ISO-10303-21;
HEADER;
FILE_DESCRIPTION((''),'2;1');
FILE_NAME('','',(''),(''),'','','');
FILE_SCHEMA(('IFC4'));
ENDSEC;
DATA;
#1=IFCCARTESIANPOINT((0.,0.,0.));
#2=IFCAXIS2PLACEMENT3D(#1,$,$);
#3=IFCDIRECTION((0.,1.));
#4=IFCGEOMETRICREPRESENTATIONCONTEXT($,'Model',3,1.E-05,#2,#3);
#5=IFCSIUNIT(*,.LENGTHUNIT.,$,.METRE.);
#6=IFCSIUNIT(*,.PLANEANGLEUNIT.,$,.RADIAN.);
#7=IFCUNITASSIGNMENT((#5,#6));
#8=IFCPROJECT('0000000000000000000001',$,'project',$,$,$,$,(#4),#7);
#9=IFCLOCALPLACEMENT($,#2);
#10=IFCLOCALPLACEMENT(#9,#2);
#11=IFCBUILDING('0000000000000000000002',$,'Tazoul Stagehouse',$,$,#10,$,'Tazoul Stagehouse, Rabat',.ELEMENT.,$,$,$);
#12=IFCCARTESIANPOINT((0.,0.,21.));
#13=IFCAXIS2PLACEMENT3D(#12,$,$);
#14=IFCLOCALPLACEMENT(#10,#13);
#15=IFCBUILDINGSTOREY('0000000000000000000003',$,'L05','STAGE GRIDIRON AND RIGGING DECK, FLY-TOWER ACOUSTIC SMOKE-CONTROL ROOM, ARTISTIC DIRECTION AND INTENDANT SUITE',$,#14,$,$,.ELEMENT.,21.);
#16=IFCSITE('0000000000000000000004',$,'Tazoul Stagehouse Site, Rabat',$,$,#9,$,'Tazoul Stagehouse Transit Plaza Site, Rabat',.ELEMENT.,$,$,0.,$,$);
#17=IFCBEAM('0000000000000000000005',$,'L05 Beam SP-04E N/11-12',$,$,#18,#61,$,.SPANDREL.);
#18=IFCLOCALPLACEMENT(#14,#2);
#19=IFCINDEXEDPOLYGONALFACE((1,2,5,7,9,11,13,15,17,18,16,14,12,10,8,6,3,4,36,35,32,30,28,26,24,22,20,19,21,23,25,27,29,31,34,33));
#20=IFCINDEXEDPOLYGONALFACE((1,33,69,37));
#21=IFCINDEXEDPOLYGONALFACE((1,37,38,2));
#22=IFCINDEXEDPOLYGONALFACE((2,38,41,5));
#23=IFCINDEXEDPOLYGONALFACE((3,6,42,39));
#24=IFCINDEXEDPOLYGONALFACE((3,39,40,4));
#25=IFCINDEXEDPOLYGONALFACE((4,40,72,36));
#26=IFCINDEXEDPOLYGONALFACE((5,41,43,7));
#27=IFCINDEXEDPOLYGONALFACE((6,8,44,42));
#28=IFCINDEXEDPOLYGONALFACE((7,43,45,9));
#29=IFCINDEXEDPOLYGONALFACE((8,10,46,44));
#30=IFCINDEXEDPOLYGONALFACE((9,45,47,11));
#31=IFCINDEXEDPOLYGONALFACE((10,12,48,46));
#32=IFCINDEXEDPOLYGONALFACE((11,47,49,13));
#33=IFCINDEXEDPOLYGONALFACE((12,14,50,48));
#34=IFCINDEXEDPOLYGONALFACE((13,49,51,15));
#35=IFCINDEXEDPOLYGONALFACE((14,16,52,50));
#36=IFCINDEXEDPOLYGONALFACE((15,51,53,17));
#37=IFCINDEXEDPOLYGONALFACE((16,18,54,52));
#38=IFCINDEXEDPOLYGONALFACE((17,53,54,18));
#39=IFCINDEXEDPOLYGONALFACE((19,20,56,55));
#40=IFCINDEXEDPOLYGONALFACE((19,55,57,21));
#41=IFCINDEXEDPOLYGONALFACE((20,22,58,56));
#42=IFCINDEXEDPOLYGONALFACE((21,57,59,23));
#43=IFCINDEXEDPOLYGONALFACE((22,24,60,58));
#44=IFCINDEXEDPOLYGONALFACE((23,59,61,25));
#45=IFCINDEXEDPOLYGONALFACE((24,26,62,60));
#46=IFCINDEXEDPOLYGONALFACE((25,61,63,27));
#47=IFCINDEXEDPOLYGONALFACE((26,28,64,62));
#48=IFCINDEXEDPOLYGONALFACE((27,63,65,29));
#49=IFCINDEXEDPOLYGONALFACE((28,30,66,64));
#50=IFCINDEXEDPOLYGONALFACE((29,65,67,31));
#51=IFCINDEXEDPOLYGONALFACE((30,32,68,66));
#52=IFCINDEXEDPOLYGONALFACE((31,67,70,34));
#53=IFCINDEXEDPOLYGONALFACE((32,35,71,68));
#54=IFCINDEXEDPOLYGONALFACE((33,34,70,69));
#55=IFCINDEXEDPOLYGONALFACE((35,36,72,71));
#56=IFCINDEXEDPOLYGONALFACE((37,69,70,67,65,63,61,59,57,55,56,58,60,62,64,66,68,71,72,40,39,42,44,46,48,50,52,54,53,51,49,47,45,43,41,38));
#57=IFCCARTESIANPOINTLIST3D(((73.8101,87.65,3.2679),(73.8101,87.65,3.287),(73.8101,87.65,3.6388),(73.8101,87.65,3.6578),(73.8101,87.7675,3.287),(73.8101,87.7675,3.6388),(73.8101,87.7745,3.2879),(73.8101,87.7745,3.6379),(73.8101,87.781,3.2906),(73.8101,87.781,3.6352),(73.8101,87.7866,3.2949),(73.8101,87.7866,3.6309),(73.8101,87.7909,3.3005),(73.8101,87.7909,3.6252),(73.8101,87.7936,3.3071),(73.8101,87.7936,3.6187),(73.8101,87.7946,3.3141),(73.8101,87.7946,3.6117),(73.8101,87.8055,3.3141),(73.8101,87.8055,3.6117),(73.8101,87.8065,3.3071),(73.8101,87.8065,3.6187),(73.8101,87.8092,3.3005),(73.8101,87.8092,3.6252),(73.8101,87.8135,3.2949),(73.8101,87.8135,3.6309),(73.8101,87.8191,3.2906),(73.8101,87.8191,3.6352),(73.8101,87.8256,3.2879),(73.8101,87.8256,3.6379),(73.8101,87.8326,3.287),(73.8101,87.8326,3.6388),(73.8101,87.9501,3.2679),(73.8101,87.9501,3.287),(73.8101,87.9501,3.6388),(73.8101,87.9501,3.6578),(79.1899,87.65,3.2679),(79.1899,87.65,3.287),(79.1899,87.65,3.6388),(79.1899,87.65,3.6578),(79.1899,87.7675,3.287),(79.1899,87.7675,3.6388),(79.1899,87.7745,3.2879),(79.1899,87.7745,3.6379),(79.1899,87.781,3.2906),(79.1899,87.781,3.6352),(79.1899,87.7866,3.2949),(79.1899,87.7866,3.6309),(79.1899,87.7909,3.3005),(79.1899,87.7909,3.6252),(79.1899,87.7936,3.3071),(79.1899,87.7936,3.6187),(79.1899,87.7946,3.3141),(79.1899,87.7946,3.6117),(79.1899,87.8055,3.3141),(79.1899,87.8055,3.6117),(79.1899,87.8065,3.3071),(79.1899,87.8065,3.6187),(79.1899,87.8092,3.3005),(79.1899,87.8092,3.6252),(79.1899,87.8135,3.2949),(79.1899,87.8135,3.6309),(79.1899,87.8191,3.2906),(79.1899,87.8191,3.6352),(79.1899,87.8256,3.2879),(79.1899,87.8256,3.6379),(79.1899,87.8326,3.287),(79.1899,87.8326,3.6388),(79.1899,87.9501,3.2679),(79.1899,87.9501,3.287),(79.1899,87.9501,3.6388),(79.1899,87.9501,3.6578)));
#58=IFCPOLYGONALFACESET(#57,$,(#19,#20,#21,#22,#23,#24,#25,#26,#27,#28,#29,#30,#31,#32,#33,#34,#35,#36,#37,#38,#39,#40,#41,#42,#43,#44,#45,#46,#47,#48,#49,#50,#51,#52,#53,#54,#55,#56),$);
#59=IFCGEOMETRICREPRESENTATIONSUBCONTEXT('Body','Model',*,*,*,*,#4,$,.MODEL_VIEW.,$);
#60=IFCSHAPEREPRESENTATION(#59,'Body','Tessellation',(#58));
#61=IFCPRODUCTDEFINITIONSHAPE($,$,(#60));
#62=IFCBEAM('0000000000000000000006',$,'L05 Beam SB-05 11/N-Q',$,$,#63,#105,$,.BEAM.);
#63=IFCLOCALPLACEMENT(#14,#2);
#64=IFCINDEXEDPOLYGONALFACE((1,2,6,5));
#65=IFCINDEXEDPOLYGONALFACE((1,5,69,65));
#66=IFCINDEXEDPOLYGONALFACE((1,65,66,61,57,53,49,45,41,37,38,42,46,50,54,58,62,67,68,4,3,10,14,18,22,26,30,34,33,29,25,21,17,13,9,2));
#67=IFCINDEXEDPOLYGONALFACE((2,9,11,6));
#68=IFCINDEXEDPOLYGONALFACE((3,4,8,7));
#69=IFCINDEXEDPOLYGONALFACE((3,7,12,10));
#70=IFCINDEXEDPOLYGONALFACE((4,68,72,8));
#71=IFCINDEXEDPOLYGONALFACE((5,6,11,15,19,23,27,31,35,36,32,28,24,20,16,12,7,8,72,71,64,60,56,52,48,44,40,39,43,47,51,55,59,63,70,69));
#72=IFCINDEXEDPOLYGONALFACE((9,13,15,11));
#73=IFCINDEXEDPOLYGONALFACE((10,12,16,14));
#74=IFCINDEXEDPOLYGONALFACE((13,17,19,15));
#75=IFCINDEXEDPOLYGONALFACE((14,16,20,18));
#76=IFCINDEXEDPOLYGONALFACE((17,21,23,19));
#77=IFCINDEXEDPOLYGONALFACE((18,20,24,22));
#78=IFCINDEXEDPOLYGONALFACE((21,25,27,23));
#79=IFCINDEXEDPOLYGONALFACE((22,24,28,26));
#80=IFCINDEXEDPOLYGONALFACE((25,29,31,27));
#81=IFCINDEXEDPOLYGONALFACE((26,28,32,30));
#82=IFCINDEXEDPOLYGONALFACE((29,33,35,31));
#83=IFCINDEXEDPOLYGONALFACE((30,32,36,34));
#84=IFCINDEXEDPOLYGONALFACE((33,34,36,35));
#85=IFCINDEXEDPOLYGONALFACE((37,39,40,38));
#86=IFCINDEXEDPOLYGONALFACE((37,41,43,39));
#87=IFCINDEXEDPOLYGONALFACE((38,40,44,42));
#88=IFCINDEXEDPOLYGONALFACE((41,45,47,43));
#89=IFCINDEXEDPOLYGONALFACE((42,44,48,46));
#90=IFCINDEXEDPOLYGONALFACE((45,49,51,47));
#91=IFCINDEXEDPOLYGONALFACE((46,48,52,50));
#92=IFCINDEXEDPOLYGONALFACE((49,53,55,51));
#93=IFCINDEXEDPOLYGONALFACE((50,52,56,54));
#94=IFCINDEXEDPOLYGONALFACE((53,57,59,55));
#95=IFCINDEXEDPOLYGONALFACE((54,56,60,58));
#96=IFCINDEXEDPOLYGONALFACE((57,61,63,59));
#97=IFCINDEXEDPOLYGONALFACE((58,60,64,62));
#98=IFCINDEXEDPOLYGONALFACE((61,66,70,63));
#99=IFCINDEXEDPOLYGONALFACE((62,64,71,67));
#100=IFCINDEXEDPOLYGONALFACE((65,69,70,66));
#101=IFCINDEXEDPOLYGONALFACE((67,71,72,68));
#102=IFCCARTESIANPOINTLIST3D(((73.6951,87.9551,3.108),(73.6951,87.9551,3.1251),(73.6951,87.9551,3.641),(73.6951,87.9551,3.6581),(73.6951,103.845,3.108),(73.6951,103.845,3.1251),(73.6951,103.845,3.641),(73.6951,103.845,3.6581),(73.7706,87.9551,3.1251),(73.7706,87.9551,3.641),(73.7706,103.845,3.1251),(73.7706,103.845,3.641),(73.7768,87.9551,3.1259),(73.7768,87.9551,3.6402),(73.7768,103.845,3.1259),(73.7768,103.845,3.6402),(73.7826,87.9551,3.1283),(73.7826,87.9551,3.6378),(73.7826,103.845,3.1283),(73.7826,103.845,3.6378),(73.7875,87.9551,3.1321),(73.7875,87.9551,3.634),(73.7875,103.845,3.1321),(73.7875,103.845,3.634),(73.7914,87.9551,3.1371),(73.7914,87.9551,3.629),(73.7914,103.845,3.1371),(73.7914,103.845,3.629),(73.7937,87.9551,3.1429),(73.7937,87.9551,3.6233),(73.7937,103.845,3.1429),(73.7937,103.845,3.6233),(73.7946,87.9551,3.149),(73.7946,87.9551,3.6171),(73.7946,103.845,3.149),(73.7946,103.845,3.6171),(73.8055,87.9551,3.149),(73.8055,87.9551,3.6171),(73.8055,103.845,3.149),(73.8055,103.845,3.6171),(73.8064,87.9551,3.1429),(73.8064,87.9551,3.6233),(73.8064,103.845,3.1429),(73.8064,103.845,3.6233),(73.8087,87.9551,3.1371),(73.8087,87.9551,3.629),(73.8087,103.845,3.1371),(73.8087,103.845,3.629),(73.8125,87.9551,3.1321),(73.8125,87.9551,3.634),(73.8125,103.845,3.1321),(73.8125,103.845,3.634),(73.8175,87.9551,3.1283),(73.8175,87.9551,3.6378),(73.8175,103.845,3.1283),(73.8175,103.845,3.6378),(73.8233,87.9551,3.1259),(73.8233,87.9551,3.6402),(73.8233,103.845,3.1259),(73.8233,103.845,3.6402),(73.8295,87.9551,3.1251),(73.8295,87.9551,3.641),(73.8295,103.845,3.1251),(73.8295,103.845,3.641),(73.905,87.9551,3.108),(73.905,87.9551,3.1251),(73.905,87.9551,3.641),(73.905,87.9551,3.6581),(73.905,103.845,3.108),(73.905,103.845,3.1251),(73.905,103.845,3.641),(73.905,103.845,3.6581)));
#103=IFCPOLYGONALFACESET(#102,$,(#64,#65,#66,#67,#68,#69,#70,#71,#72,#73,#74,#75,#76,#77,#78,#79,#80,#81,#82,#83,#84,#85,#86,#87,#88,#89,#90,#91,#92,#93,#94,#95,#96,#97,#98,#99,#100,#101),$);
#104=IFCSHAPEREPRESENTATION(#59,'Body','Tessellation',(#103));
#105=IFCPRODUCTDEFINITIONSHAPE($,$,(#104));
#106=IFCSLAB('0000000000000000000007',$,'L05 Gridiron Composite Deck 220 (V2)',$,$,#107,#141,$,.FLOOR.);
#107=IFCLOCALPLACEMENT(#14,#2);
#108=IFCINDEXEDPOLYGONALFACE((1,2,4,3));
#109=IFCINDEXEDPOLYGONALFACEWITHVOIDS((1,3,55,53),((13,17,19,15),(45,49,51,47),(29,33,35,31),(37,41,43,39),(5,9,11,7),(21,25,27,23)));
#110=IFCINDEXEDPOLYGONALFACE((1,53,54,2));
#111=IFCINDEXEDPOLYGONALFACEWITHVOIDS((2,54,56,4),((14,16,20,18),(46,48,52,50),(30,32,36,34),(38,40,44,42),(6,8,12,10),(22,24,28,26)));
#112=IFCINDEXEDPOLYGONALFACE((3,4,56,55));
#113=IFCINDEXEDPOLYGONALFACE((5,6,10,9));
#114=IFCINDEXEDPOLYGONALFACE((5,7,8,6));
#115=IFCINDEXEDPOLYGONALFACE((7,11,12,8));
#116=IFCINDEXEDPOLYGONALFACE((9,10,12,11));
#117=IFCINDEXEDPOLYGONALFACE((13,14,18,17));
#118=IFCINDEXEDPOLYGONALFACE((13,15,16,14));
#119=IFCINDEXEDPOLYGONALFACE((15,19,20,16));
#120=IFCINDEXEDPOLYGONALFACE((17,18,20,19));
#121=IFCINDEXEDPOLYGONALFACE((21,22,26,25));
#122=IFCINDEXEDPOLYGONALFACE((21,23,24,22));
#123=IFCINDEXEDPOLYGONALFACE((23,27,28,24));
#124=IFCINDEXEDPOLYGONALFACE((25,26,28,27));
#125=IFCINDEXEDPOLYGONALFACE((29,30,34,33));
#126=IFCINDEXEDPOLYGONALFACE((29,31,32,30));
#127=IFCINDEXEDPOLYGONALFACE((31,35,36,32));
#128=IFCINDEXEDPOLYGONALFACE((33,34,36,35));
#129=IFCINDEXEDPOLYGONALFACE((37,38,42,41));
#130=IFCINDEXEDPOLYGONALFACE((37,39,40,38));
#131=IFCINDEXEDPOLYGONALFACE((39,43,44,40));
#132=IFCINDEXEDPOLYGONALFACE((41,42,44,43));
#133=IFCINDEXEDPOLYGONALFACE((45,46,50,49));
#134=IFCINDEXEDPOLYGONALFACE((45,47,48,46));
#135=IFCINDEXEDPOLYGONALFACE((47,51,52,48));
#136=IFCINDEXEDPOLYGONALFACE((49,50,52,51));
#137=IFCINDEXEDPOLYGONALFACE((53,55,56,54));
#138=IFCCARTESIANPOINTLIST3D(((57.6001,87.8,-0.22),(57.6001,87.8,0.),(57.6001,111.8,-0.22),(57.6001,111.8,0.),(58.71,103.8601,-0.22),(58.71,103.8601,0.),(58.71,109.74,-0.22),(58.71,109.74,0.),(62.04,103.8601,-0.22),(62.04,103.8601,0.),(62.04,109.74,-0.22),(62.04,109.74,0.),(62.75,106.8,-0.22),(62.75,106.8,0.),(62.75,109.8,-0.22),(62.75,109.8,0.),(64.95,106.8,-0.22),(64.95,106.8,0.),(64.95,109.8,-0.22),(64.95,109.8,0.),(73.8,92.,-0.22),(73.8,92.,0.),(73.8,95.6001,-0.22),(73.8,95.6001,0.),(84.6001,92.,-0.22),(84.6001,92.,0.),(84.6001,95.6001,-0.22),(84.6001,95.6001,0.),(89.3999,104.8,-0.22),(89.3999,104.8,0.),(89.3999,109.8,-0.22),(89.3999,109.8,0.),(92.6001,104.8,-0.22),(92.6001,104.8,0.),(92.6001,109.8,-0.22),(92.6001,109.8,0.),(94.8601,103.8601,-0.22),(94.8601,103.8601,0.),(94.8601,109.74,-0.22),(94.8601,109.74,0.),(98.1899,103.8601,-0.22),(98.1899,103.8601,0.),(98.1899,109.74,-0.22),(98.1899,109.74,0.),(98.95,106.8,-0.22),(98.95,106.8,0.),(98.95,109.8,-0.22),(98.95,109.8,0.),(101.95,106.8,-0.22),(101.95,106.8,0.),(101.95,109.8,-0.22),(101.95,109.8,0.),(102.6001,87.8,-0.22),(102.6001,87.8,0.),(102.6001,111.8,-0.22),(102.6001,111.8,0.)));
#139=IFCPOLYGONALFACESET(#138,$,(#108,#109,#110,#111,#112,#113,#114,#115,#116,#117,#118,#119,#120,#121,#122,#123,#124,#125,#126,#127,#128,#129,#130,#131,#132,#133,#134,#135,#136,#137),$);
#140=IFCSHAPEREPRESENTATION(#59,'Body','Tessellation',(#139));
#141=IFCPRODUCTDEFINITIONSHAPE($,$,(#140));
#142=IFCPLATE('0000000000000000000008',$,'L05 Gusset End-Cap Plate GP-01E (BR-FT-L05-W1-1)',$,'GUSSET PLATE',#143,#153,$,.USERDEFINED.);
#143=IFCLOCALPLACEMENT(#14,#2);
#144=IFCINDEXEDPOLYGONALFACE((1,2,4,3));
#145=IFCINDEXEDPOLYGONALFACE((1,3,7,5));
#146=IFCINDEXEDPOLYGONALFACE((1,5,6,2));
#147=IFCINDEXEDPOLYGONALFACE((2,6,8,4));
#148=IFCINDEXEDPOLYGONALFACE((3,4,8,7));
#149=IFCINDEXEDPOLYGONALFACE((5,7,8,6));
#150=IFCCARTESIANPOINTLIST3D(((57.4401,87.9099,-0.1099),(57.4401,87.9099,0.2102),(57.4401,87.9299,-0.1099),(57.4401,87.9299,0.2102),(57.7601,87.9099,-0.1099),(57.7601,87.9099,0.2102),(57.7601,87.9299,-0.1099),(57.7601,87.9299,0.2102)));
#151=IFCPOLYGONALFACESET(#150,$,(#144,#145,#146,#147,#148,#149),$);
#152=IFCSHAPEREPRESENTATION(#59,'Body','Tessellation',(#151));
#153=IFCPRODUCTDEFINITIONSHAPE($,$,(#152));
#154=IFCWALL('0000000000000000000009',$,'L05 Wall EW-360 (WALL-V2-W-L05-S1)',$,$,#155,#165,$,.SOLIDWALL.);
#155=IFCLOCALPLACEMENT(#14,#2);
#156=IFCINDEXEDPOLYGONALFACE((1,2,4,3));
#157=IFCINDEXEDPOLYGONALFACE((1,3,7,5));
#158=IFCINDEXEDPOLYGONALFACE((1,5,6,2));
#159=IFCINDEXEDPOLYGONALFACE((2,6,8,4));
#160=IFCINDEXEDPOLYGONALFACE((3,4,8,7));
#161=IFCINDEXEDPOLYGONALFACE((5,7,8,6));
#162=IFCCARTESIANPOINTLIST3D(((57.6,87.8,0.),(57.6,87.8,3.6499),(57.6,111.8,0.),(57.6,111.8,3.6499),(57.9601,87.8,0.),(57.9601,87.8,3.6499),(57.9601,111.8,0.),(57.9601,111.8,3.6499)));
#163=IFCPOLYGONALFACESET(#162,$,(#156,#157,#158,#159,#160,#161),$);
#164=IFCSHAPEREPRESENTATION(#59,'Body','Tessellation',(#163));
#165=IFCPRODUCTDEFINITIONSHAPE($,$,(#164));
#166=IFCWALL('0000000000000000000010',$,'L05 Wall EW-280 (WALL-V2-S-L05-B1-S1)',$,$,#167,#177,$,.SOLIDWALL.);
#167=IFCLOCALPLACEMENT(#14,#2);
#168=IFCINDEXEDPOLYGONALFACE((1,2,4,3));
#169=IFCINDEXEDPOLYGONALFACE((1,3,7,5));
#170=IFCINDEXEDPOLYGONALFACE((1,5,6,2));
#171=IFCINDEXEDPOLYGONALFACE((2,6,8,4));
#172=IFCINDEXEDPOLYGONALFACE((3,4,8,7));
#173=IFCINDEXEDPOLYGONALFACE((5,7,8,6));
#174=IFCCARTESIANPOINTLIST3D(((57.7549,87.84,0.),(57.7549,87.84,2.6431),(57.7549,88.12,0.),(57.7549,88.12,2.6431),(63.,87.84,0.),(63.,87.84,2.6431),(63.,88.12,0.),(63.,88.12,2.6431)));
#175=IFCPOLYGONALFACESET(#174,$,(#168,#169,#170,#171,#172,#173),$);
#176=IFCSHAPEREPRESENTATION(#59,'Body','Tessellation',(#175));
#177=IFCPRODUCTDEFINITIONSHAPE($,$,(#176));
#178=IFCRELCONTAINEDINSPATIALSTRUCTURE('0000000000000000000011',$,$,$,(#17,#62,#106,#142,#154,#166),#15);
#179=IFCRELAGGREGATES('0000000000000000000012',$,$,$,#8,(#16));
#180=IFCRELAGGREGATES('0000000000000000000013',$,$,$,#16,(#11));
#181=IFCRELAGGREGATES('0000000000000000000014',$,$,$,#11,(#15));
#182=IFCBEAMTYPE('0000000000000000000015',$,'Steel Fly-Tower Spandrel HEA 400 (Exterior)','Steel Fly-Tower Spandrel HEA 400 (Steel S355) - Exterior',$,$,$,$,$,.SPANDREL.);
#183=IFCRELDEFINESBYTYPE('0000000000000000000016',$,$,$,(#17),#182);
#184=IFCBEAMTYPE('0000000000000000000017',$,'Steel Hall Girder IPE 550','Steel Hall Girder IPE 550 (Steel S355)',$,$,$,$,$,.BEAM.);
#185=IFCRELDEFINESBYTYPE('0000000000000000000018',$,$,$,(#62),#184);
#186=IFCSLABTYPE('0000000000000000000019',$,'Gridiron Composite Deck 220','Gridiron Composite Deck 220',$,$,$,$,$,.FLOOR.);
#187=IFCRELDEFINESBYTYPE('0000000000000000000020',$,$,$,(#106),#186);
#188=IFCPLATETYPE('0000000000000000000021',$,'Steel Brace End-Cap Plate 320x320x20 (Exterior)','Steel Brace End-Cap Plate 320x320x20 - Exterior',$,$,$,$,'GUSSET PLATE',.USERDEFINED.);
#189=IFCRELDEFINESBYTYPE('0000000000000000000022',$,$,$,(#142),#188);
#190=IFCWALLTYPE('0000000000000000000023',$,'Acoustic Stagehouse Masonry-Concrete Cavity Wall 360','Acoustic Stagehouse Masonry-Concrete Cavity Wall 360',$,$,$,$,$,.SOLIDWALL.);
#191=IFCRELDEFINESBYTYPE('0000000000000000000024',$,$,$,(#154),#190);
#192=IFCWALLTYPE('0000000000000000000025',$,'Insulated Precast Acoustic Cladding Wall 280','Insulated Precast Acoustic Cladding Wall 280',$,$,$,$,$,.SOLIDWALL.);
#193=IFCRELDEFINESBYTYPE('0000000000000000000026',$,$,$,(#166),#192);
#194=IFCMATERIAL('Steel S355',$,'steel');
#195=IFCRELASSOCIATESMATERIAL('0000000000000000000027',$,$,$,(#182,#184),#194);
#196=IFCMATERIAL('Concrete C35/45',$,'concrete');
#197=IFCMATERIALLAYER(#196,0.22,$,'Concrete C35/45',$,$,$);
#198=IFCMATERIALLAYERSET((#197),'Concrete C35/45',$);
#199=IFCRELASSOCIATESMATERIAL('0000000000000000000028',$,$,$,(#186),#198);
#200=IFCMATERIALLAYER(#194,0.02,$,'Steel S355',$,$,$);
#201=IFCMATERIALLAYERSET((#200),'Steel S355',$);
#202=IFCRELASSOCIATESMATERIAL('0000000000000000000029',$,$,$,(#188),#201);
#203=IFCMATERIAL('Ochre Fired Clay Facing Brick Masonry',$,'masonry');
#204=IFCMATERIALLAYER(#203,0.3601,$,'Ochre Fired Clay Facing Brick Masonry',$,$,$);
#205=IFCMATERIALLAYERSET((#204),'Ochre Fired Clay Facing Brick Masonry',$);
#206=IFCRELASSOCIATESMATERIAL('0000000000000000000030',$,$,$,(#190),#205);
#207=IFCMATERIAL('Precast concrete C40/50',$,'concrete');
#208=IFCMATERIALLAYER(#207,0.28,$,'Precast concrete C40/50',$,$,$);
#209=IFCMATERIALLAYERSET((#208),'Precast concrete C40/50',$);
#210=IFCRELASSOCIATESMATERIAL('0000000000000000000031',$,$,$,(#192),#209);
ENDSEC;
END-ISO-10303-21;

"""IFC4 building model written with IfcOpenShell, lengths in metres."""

from ifc_helpers import new_model, si_unit, direction, frame, frame_2d, origin, origin_2d, place, context, subcontext, project, spatial, polyline, rectangle, i_section, outline, extrude, material, layer, layer_set, material_profile, profile_set, type_object, element, save


model = new_model("IFC4")

# Units and contexts
model_context = context("Model", 3, precision=1e-05, world=origin(), true_north=direction((0.0, 1.0)))
body_context = subcontext(model_context, "Body", "Model", "MODEL_VIEW")
ifc_project = project(units=[si_unit("LENGTHUNIT", "METRE"), si_unit("PLANEANGLEUNIT", "RADIAN")], contexts=[model_context])

# Site, building, storey
site_placement = place(None, origin())
site = spatial("IfcSite", under=ifc_project, at=site_placement, Name="Tazoul Stagehouse Site, Rabat", LongName="Tazoul Stagehouse Transit Plaza Site, Rabat", CompositionType="ELEMENT", RefElevation=0.0)
building_placement = place(site_placement, origin())
building = spatial("IfcBuilding", under=site, at=building_placement, Name="Tazoul Stagehouse", LongName="Tazoul Stagehouse, Rabat", CompositionType="ELEMENT")
storey_placement = place(building_placement, frame((0.0, 0.0, 21.0)))
storey = spatial("IfcBuildingStorey", under=building, at=storey_placement, Name="L05", Description="STAGE GRIDIRON AND RIGGING DECK, FLY-TOWER ACOUSTIC SMOKE-CONTROL ROOM, ARTISTIC DIRECTION AND INTENDANT SUITE", CompositionType="ELEMENT", Elevation=21.0)

# Shared definitions
ifc_material_1 = material(Name="Steel S355", Category="steel")

# Beams
ifc_material_profile_1 = material_profile(ifc_material_1, i_section(OverallWidth=0.3, OverallDepth=0.3899, WebThickness=0.011, FlangeThickness=0.019, FilletRadius=0.0271, at=origin_2d()), Name="HEA 400")
ifc_profile_set_1 = profile_set([ifc_material_profile_1], Name="Steel S355")
beam_type_1 = type_object("IfcBeamType", Name="Steel Fly-Tower Spandrel HEA 400 (Exterior)", Description="Steel Fly-Tower Spandrel HEA 400 (Steel S355) - Exterior", PredefinedType="SPANDREL", material=ifc_profile_set_1)
beam_1_placement = place(storey_placement, frame((73.8101, 87.8, 3.4629), z_axis=(1.0, 0.0, 0.0), x_axis=(0.0, 1.0, 0.0)))
element("IfcBeam", 1, at=beam_1_placement, inside=storey, type_object=beam_type_1, Name="L05 Beam SP-04E N/11-12", PredefinedType="SPANDREL", context=body_context, shape_type="SweptSolid", body=[
    extrude(i_section(OverallWidth=0.3, OverallDepth=0.3899, WebThickness=0.011, FlangeThickness=0.019, FilletRadius=0.0271, at=origin_2d()), origin(), (0.0, 0.0, 1.0), 5.3799),
])
ifc_material_profile_2 = material_profile(ifc_material_1, i_section(OverallWidth=0.21, OverallDepth=0.55, WebThickness=0.011, FlangeThickness=0.0171, FilletRadius=0.0239, at=origin_2d()), Name="IPE 550")
ifc_profile_set_2 = profile_set([ifc_material_profile_2], Name="Steel S355")
beam_type_2 = type_object("IfcBeamType", Name="Steel Hall Girder IPE 550", Description="Steel Hall Girder IPE 550 (Steel S355)", PredefinedType="BEAM", material=ifc_profile_set_2)
beam_2_placement = place(storey_placement, frame((73.8, 87.9551, 3.3831), z_axis=(0.0, 1.0, 0.0), x_axis=(-1.0, 0.0, 0.0)))
element("IfcBeam", 2, at=beam_2_placement, inside=storey, type_object=beam_type_2, Name="L05 Beam SB-05 11/N-Q", PredefinedType="BEAM", context=body_context, shape_type="SweptSolid", body=[
    extrude(i_section(OverallWidth=0.21, OverallDepth=0.55, WebThickness=0.011, FlangeThickness=0.0171, FilletRadius=0.0239, at=origin_2d()), origin(), (0.0, 0.0, 1.0), 15.8899),
])

# Slab
ifc_material_2 = material(Name="Concrete C35/45", Category="concrete")
ifc_layer_1 = layer(ifc_material_2, 0.22, Name="Concrete C35/45")
ifc_layer_set_1 = layer_set([ifc_layer_1], Name="Concrete C35/45")
slab_type = type_object("IfcSlabType", Name="Gridiron Composite Deck 220", Description="Gridiron Composite Deck 220", PredefinedType="FLOOR", material=ifc_layer_set_1)
slab_placement = place(storey_placement, frame((0.0, 0.0, -0.22)))
element("IfcSlab", 3, at=slab_placement, inside=storey, type_object=slab_type, Name="L05 Gridiron Composite Deck 220 (V2)", PredefinedType="FLOOR", context=body_context, shape_type="SweptSolid", body=[
    extrude(outline(polyline([(57.6001, 87.8), (57.6001, 111.8), (102.6001, 111.8), (102.6001, 87.8), (57.6001, 87.8)]), holes=[polyline([(84.6001, 92.0), (73.8, 92.0), (73.8, 95.6001), (84.6001, 95.6001), (84.6001, 92.0)]), polyline([(62.04, 103.8601), (58.71, 103.8601), (58.71, 109.74), (62.04, 109.74), (62.04, 103.8601)]), polyline([(98.1899, 103.8601), (94.8601, 103.8601), (94.8601, 109.74), (98.1899, 109.74), (98.1899, 103.8601)]), polyline([(92.6001, 109.8), (92.6001, 104.8), (89.3999, 104.8), (89.3999, 109.8), (92.6001, 109.8)]), polyline([(64.95, 106.8), (62.75, 106.8), (62.75, 109.8), (64.95, 109.8), (64.95, 106.8)]), polyline([(101.95, 106.8), (98.95, 106.8), (98.95, 109.8), (101.95, 109.8), (101.95, 106.8)])]), origin(), (0.0, 0.0, 1.0), 0.22),
])

# Plate
ifc_layer_2 = layer(ifc_material_1, 0.02, Name="Steel S355")
ifc_layer_set_2 = layer_set([ifc_layer_2], Name="Steel S355")
plate_type = type_object("IfcPlateType", Name="Steel Brace End-Cap Plate 320x320x20 (Exterior)", Description="Steel Brace End-Cap Plate 320x320x20 - Exterior", ElementType="GUSSET PLATE", PredefinedType="USERDEFINED", material=ifc_layer_set_2)
plate_placement = place(storey_placement, frame((57.6001, 87.9199, -0.1099), z_axis=(0.0, 0.0, 1.0), x_axis=(0.0, 1.0, 0.0)))
element("IfcPlate", 4, at=plate_placement, inside=storey, type_object=plate_type, Name="L05 Gusset End-Cap Plate GP-01E (BR-FT-L05-W1-1)", ObjectType="GUSSET PLATE", PredefinedType="USERDEFINED", context=body_context, shape_type="SweptSolid", body=[
    extrude(rectangle(XDim=0.02, YDim=0.3201, at=origin_2d()), origin(), (0.0, 0.0, 1.0), 0.3201),
])

# Walls
ifc_material_3 = material(Name="Ochre Fired Clay Facing Brick Masonry", Category="masonry")
ifc_layer_3 = layer(ifc_material_3, 0.3601, Name="Ochre Fired Clay Facing Brick Masonry")
ifc_layer_set_3 = layer_set([ifc_layer_3], Name="Ochre Fired Clay Facing Brick Masonry")
wall_type_1 = type_object("IfcWallType", Name="Acoustic Stagehouse Masonry-Concrete Cavity Wall 360", Description="Acoustic Stagehouse Masonry-Concrete Cavity Wall 360", PredefinedType="SOLIDWALL", material=ifc_layer_set_3)
wall_1_placement = place(storey_placement, frame((57.78, 87.8, 0.0), z_axis=(0.0, 0.0, 1.0), x_axis=(0.0, 1.0, 0.0)))
element("IfcWall", 5, at=wall_1_placement, inside=storey, type_object=wall_type_1, Name="L05 Wall EW-360 (WALL-V2-W-L05-S1)", PredefinedType="SOLIDWALL", context=body_context, shape_type="SweptSolid", body=[
    extrude(rectangle(XDim=24.0, YDim=0.3601, at=frame_2d((12.0, 0.0))), origin(), (0.0, 0.0, 1.0), 3.6499),
])
ifc_material_4 = material(Name="Precast concrete C40/50", Category="concrete")
ifc_layer_4 = layer(ifc_material_4, 0.28, Name="Precast concrete C40/50")
ifc_layer_set_4 = layer_set([ifc_layer_4], Name="Precast concrete C40/50")
wall_type_2 = type_object("IfcWallType", Name="Insulated Precast Acoustic Cladding Wall 280", Description="Insulated Precast Acoustic Cladding Wall 280", PredefinedType="SOLIDWALL", material=ifc_layer_set_4)
for number, where, z_axis, x_axis, name in (
    (6, (57.7549, 87.98, 0.0), (0.0, 0.0, 1.0), (1.0, 0.0, 0.0), "L05 Wall EW-280 (WALL-V2-S-L05-B1-S1)"),
):
    element("IfcWall", number, at=place(storey_placement, frame(where, z_axis=z_axis, x_axis=x_axis)), inside=storey, type_object=wall_type_2, Name=name, PredefinedType="SOLIDWALL", context=body_context, shape_type="SweptSolid", body=[
        extrude(rectangle(XDim=5.2451, YDim=0.28, at=frame_2d((2.6226, 0.0))), origin(), (0.0, 0.0, 1.0), 2.6431),
    ])

save(model, "model.ifc")
